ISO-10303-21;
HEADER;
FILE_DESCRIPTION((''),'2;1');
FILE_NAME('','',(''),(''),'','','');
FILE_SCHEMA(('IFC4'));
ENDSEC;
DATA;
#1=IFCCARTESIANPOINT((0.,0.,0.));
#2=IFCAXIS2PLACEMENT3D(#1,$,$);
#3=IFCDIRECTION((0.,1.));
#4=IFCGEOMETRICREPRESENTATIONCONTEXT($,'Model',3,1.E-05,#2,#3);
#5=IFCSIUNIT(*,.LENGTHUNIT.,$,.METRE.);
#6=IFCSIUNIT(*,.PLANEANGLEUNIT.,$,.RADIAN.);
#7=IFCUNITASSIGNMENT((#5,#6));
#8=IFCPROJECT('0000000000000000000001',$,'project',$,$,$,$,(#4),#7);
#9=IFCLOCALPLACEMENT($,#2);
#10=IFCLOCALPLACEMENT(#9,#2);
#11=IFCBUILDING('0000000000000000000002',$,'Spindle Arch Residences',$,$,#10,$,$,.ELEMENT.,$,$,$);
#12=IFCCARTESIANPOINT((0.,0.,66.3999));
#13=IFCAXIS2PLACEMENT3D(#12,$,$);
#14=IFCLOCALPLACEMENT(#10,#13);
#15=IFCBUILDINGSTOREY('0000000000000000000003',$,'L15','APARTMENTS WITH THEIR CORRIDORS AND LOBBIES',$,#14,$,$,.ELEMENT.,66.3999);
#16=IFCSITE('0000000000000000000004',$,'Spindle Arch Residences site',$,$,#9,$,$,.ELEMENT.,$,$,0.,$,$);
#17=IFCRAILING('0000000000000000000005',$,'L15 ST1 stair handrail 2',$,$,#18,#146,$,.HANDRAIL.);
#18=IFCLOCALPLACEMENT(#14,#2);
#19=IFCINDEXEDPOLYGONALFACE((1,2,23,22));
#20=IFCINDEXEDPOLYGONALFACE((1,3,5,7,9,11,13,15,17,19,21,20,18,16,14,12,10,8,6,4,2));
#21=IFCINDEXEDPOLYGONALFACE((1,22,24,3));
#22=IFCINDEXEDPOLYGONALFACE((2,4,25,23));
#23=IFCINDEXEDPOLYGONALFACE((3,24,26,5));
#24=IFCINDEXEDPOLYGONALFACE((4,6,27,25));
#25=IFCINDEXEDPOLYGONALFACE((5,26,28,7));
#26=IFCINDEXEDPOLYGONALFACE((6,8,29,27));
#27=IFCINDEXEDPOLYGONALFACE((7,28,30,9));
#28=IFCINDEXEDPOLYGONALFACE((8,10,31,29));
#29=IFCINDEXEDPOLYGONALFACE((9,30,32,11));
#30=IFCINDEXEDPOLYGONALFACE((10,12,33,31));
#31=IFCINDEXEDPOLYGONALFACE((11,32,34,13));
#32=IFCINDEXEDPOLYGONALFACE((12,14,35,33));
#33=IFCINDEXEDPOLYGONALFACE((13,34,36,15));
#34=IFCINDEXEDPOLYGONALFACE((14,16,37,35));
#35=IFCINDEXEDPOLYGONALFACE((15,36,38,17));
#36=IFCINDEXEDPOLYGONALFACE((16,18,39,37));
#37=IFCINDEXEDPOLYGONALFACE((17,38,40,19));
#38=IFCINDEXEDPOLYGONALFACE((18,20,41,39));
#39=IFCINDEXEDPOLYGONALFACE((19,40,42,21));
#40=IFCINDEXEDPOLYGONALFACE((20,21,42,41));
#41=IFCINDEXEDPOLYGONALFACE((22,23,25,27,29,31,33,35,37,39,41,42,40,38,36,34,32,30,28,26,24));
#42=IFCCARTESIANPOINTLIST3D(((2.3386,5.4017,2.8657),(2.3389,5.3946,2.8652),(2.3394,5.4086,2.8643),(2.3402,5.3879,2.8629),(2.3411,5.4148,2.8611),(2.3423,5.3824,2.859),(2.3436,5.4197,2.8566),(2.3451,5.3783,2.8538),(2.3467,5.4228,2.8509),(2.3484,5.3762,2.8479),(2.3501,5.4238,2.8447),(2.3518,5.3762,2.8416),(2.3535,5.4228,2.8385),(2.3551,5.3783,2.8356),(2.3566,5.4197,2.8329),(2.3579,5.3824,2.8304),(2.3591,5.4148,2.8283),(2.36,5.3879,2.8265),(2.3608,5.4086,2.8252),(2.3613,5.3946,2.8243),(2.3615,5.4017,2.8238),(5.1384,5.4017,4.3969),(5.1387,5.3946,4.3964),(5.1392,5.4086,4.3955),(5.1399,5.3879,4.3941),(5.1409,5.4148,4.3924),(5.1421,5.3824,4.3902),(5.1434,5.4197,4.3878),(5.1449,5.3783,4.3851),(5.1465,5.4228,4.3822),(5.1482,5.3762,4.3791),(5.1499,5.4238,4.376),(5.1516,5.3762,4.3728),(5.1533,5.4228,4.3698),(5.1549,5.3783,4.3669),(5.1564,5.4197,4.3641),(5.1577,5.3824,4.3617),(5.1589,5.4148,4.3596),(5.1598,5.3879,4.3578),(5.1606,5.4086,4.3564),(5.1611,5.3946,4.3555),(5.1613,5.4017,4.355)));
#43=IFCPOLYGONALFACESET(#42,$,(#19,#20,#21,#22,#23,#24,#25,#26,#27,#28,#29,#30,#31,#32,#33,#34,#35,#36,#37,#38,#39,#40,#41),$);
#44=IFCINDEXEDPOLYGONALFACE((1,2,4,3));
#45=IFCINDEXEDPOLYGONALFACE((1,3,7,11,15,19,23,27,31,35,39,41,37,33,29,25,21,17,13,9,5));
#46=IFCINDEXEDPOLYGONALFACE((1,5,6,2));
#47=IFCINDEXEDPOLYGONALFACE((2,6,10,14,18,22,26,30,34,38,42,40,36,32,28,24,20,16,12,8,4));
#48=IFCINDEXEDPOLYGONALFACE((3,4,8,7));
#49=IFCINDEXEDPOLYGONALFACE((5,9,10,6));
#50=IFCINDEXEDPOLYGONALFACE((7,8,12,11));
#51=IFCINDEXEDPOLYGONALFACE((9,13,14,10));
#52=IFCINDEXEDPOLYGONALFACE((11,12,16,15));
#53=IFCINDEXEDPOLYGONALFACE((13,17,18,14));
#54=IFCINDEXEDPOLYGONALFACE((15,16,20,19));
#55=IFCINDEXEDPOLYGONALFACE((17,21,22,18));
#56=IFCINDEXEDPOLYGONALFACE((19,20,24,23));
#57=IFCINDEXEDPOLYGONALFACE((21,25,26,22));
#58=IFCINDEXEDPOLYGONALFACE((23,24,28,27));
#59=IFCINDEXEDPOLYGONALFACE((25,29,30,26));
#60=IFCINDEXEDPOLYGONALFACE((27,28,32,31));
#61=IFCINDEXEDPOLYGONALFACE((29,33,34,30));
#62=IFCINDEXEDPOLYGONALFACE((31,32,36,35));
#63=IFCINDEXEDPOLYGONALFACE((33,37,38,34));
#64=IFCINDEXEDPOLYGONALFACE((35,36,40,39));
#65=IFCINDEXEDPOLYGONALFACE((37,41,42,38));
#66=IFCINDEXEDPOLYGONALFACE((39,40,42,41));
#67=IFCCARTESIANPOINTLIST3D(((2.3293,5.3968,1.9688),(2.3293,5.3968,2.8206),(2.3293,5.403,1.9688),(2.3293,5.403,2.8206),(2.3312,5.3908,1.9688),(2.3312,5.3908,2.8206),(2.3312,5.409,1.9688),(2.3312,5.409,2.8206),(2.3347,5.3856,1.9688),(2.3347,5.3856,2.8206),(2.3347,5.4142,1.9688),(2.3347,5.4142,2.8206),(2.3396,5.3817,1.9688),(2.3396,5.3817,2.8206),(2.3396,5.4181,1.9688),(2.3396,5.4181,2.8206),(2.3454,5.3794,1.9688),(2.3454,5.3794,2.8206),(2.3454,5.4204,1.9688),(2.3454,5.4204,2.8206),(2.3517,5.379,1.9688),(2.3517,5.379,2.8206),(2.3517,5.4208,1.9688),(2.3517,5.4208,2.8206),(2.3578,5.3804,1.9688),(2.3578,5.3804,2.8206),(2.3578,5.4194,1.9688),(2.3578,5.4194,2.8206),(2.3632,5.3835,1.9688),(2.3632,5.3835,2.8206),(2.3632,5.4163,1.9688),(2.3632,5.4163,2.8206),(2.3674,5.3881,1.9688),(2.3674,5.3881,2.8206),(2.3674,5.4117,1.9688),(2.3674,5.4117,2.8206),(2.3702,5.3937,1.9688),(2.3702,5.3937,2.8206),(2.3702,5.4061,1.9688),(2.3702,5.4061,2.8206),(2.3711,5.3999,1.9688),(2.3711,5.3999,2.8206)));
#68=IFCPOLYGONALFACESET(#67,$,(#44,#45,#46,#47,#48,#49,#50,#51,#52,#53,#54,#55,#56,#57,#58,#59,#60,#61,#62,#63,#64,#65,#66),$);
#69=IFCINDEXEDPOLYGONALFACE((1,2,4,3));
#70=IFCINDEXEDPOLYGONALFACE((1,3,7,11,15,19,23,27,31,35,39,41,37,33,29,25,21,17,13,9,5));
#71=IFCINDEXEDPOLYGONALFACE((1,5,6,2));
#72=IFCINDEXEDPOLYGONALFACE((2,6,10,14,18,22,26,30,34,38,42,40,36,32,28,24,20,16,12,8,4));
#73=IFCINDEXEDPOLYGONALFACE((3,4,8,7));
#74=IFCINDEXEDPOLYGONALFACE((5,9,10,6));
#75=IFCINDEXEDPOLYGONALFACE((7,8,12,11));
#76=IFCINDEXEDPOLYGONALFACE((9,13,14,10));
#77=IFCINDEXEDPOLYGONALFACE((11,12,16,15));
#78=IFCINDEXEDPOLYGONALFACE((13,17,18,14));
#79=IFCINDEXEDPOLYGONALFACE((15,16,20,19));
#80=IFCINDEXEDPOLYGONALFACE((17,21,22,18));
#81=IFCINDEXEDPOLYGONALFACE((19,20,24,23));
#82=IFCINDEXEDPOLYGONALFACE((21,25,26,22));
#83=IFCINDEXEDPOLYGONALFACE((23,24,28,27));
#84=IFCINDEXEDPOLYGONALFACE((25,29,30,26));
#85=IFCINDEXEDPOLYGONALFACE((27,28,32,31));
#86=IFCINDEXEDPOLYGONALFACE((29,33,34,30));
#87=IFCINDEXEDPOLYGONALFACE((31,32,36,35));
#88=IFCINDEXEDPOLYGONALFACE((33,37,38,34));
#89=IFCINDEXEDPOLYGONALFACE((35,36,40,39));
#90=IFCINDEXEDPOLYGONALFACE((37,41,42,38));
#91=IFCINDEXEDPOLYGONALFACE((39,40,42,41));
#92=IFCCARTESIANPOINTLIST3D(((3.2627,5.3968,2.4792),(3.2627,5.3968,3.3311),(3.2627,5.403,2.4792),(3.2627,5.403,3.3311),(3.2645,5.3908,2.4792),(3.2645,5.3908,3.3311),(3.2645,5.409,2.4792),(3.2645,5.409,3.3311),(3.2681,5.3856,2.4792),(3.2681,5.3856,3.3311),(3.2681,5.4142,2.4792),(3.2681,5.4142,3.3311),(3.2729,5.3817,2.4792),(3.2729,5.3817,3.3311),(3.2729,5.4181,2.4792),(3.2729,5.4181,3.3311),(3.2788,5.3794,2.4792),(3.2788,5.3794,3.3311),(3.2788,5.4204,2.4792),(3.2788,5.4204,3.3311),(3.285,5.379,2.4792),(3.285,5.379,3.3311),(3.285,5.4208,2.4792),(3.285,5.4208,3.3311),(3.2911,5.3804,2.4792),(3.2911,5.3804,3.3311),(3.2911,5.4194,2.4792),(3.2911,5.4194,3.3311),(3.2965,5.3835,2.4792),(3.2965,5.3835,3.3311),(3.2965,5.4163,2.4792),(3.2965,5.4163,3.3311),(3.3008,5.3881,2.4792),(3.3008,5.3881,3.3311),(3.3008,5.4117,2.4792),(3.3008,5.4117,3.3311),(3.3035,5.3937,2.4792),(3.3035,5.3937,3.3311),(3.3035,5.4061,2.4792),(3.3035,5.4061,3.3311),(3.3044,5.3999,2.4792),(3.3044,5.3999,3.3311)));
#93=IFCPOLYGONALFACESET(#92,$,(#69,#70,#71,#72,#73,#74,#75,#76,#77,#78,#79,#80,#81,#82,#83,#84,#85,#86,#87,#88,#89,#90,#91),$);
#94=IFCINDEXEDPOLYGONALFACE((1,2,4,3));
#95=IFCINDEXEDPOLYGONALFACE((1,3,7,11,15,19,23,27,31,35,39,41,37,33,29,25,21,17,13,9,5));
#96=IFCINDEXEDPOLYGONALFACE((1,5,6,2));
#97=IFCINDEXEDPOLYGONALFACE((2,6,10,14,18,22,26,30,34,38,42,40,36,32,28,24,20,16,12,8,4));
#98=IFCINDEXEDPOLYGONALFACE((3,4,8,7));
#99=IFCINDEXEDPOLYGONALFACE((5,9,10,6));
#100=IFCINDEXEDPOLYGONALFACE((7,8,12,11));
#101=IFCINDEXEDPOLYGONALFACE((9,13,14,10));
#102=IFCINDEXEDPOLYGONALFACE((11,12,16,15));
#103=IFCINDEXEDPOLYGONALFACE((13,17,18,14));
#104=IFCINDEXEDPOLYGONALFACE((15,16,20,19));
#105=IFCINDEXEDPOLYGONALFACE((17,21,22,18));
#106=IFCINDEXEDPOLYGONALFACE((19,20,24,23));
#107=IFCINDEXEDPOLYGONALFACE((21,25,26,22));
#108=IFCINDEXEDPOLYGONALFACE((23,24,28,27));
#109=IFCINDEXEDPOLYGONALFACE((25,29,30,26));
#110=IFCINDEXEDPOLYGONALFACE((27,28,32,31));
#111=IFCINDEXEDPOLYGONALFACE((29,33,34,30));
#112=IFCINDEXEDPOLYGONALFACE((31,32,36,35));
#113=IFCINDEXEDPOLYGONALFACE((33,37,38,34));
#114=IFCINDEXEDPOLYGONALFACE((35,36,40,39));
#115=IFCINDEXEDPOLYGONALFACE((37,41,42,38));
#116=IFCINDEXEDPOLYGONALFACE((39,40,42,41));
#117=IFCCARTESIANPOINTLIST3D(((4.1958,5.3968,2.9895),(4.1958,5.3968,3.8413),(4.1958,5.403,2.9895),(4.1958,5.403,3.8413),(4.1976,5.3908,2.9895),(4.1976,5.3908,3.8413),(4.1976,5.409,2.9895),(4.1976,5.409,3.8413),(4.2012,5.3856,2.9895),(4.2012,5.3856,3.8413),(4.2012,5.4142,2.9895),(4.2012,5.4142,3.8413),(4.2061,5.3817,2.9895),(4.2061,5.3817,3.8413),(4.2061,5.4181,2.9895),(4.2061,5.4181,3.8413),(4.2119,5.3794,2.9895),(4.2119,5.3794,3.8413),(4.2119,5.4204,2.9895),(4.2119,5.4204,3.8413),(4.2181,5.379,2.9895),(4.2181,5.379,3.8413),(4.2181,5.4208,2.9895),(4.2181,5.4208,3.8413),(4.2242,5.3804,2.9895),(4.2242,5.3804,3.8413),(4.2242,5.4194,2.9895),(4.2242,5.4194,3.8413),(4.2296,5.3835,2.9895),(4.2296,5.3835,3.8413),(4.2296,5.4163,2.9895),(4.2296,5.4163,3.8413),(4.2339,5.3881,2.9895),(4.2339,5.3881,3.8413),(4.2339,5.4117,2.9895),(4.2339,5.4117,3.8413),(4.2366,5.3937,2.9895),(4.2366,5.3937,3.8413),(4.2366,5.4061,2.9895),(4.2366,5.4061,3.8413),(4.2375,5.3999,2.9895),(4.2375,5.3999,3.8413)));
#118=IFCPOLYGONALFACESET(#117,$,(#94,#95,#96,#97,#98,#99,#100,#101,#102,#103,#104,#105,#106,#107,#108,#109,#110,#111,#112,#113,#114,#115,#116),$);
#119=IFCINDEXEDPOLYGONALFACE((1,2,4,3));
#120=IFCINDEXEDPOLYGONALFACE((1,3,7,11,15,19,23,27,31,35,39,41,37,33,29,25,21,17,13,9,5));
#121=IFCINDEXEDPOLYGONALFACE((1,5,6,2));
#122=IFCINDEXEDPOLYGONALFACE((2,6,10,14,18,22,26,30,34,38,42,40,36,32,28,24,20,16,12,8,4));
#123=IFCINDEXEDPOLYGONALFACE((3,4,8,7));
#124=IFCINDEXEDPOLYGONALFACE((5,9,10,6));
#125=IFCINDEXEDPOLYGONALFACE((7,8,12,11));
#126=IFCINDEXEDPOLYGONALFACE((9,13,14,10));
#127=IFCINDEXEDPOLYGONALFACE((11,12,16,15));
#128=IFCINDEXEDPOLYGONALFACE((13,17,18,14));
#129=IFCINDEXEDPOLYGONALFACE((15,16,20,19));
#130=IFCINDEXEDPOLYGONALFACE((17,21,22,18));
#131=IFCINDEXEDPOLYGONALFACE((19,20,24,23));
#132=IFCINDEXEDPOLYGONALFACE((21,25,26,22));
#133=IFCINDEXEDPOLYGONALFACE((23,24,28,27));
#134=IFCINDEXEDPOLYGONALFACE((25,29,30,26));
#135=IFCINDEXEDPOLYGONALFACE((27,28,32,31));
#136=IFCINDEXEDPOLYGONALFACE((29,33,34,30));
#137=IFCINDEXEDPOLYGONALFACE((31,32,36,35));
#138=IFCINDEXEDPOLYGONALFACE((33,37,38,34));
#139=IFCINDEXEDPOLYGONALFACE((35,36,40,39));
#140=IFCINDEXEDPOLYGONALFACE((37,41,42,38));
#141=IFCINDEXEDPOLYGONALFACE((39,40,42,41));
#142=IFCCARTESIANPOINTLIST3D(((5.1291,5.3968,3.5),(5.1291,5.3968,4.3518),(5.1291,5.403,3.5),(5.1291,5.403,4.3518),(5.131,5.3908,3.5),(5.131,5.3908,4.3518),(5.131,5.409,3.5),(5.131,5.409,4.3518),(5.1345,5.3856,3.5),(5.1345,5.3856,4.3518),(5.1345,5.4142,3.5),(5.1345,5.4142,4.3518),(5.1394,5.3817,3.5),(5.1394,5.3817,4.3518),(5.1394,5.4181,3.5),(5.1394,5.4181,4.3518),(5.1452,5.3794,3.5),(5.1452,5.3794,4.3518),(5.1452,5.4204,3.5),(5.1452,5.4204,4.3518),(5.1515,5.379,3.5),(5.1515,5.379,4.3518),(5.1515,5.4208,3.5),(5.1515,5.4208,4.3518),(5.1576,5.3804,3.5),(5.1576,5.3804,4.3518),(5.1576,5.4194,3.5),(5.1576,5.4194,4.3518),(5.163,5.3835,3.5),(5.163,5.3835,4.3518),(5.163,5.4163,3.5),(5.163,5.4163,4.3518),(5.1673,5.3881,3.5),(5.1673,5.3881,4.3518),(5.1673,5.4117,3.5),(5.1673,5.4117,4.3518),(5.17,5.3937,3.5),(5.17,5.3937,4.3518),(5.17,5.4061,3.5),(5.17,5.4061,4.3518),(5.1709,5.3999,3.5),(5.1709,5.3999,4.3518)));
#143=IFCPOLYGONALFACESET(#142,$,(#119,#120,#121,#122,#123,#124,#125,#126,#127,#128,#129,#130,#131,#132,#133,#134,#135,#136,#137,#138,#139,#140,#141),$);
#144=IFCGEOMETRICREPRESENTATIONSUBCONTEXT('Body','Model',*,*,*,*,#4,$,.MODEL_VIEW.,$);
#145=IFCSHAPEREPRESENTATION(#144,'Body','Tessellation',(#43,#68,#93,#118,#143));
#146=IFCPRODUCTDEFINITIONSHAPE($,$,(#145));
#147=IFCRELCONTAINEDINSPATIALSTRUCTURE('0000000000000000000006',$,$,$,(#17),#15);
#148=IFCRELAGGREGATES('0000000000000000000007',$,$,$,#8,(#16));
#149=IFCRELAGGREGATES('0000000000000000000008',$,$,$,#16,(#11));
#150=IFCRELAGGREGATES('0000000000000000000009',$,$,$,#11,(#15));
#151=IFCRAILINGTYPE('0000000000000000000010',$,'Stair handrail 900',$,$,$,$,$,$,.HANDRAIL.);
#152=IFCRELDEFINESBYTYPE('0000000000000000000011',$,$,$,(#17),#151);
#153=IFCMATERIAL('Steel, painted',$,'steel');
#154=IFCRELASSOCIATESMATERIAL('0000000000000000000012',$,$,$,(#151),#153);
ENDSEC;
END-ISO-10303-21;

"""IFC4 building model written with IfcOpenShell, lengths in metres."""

from ifc_helpers import new_model, si_unit, direction, frame, origin, origin_2d, place, context, subcontext, project, spatial, circle, extrude, material, type_object, element, save


model = new_model("IFC4")

# Units and contexts
model_context = context("Model", 3, precision=1e-05, world=origin(), true_north=direction((0.0, 1.0)))
body_context = subcontext(model_context, "Body", "Model", "MODEL_VIEW")
ifc_project = project(units=[si_unit("LENGTHUNIT", "METRE"), si_unit("PLANEANGLEUNIT", "RADIAN")], contexts=[model_context])

# Site, building, storey
site_placement = place(None, origin())
site = spatial("IfcSite", under=ifc_project, at=site_placement, Name="Spindle Arch Residences site", CompositionType="ELEMENT", RefElevation=0.0)
building_placement = place(site_placement, origin())
building = spatial("IfcBuilding", under=site, at=building_placement, Name="Spindle Arch Residences", CompositionType="ELEMENT")
storey_placement = place(building_placement, frame((0.0, 0.0, 66.3999)))
storey = spatial("IfcBuildingStorey", under=building, at=storey_placement, Name="L15", Description="APARTMENTS WITH THEIR CORRIDORS AND LOBBIES", CompositionType="ELEMENT", Elevation=66.3999)

# Railing
ifc_material_1 = material(Name="Steel, painted", Category="steel")
railing_type_1 = type_object("IfcRailingType", Name="Stair handrail 900", PredefinedType="HANDRAIL", material=ifc_material_1)
railing_1_placement = place(storey_placement, frame((2.3501, 5.3999, 1.9688)))
element("IfcRailing", 1, at=railing_1_placement, inside=storey, type_object=railing_type_1, Name="L15 ST1 stair handrail 2", PredefinedType="HANDRAIL", context=body_context, shape_type="SweptSolid", body=[
    extrude(circle(Radius=0.0239, at=origin_2d()), frame((0.0, 0.0, 0.876), z_axis=(0.877357, 0.0, 0.479838), x_axis=(0.0, 1.0, 0.0)), (0.0, 0.0, 1.0), 3.1912),
    extrude(circle(Radius=0.021, at=origin_2d()), origin(), (0.0, 0.0, 1.0), 0.8518),
    extrude(circle(Radius=0.021, at=origin_2d()), frame((0.9333, 0.0, 0.5105)), (0.0, 0.0, 1.0), 0.8518),
    extrude(circle(Radius=0.021, at=origin_2d()), frame((1.8665, 0.0, 1.0208)), (0.0, 0.0, 1.0), 0.8518),
    extrude(circle(Radius=0.021, at=origin_2d()), frame((2.7998, 0.0, 1.5312)), (0.0, 0.0, 1.0), 0.8518),
])

save(model, "model.ifc")
